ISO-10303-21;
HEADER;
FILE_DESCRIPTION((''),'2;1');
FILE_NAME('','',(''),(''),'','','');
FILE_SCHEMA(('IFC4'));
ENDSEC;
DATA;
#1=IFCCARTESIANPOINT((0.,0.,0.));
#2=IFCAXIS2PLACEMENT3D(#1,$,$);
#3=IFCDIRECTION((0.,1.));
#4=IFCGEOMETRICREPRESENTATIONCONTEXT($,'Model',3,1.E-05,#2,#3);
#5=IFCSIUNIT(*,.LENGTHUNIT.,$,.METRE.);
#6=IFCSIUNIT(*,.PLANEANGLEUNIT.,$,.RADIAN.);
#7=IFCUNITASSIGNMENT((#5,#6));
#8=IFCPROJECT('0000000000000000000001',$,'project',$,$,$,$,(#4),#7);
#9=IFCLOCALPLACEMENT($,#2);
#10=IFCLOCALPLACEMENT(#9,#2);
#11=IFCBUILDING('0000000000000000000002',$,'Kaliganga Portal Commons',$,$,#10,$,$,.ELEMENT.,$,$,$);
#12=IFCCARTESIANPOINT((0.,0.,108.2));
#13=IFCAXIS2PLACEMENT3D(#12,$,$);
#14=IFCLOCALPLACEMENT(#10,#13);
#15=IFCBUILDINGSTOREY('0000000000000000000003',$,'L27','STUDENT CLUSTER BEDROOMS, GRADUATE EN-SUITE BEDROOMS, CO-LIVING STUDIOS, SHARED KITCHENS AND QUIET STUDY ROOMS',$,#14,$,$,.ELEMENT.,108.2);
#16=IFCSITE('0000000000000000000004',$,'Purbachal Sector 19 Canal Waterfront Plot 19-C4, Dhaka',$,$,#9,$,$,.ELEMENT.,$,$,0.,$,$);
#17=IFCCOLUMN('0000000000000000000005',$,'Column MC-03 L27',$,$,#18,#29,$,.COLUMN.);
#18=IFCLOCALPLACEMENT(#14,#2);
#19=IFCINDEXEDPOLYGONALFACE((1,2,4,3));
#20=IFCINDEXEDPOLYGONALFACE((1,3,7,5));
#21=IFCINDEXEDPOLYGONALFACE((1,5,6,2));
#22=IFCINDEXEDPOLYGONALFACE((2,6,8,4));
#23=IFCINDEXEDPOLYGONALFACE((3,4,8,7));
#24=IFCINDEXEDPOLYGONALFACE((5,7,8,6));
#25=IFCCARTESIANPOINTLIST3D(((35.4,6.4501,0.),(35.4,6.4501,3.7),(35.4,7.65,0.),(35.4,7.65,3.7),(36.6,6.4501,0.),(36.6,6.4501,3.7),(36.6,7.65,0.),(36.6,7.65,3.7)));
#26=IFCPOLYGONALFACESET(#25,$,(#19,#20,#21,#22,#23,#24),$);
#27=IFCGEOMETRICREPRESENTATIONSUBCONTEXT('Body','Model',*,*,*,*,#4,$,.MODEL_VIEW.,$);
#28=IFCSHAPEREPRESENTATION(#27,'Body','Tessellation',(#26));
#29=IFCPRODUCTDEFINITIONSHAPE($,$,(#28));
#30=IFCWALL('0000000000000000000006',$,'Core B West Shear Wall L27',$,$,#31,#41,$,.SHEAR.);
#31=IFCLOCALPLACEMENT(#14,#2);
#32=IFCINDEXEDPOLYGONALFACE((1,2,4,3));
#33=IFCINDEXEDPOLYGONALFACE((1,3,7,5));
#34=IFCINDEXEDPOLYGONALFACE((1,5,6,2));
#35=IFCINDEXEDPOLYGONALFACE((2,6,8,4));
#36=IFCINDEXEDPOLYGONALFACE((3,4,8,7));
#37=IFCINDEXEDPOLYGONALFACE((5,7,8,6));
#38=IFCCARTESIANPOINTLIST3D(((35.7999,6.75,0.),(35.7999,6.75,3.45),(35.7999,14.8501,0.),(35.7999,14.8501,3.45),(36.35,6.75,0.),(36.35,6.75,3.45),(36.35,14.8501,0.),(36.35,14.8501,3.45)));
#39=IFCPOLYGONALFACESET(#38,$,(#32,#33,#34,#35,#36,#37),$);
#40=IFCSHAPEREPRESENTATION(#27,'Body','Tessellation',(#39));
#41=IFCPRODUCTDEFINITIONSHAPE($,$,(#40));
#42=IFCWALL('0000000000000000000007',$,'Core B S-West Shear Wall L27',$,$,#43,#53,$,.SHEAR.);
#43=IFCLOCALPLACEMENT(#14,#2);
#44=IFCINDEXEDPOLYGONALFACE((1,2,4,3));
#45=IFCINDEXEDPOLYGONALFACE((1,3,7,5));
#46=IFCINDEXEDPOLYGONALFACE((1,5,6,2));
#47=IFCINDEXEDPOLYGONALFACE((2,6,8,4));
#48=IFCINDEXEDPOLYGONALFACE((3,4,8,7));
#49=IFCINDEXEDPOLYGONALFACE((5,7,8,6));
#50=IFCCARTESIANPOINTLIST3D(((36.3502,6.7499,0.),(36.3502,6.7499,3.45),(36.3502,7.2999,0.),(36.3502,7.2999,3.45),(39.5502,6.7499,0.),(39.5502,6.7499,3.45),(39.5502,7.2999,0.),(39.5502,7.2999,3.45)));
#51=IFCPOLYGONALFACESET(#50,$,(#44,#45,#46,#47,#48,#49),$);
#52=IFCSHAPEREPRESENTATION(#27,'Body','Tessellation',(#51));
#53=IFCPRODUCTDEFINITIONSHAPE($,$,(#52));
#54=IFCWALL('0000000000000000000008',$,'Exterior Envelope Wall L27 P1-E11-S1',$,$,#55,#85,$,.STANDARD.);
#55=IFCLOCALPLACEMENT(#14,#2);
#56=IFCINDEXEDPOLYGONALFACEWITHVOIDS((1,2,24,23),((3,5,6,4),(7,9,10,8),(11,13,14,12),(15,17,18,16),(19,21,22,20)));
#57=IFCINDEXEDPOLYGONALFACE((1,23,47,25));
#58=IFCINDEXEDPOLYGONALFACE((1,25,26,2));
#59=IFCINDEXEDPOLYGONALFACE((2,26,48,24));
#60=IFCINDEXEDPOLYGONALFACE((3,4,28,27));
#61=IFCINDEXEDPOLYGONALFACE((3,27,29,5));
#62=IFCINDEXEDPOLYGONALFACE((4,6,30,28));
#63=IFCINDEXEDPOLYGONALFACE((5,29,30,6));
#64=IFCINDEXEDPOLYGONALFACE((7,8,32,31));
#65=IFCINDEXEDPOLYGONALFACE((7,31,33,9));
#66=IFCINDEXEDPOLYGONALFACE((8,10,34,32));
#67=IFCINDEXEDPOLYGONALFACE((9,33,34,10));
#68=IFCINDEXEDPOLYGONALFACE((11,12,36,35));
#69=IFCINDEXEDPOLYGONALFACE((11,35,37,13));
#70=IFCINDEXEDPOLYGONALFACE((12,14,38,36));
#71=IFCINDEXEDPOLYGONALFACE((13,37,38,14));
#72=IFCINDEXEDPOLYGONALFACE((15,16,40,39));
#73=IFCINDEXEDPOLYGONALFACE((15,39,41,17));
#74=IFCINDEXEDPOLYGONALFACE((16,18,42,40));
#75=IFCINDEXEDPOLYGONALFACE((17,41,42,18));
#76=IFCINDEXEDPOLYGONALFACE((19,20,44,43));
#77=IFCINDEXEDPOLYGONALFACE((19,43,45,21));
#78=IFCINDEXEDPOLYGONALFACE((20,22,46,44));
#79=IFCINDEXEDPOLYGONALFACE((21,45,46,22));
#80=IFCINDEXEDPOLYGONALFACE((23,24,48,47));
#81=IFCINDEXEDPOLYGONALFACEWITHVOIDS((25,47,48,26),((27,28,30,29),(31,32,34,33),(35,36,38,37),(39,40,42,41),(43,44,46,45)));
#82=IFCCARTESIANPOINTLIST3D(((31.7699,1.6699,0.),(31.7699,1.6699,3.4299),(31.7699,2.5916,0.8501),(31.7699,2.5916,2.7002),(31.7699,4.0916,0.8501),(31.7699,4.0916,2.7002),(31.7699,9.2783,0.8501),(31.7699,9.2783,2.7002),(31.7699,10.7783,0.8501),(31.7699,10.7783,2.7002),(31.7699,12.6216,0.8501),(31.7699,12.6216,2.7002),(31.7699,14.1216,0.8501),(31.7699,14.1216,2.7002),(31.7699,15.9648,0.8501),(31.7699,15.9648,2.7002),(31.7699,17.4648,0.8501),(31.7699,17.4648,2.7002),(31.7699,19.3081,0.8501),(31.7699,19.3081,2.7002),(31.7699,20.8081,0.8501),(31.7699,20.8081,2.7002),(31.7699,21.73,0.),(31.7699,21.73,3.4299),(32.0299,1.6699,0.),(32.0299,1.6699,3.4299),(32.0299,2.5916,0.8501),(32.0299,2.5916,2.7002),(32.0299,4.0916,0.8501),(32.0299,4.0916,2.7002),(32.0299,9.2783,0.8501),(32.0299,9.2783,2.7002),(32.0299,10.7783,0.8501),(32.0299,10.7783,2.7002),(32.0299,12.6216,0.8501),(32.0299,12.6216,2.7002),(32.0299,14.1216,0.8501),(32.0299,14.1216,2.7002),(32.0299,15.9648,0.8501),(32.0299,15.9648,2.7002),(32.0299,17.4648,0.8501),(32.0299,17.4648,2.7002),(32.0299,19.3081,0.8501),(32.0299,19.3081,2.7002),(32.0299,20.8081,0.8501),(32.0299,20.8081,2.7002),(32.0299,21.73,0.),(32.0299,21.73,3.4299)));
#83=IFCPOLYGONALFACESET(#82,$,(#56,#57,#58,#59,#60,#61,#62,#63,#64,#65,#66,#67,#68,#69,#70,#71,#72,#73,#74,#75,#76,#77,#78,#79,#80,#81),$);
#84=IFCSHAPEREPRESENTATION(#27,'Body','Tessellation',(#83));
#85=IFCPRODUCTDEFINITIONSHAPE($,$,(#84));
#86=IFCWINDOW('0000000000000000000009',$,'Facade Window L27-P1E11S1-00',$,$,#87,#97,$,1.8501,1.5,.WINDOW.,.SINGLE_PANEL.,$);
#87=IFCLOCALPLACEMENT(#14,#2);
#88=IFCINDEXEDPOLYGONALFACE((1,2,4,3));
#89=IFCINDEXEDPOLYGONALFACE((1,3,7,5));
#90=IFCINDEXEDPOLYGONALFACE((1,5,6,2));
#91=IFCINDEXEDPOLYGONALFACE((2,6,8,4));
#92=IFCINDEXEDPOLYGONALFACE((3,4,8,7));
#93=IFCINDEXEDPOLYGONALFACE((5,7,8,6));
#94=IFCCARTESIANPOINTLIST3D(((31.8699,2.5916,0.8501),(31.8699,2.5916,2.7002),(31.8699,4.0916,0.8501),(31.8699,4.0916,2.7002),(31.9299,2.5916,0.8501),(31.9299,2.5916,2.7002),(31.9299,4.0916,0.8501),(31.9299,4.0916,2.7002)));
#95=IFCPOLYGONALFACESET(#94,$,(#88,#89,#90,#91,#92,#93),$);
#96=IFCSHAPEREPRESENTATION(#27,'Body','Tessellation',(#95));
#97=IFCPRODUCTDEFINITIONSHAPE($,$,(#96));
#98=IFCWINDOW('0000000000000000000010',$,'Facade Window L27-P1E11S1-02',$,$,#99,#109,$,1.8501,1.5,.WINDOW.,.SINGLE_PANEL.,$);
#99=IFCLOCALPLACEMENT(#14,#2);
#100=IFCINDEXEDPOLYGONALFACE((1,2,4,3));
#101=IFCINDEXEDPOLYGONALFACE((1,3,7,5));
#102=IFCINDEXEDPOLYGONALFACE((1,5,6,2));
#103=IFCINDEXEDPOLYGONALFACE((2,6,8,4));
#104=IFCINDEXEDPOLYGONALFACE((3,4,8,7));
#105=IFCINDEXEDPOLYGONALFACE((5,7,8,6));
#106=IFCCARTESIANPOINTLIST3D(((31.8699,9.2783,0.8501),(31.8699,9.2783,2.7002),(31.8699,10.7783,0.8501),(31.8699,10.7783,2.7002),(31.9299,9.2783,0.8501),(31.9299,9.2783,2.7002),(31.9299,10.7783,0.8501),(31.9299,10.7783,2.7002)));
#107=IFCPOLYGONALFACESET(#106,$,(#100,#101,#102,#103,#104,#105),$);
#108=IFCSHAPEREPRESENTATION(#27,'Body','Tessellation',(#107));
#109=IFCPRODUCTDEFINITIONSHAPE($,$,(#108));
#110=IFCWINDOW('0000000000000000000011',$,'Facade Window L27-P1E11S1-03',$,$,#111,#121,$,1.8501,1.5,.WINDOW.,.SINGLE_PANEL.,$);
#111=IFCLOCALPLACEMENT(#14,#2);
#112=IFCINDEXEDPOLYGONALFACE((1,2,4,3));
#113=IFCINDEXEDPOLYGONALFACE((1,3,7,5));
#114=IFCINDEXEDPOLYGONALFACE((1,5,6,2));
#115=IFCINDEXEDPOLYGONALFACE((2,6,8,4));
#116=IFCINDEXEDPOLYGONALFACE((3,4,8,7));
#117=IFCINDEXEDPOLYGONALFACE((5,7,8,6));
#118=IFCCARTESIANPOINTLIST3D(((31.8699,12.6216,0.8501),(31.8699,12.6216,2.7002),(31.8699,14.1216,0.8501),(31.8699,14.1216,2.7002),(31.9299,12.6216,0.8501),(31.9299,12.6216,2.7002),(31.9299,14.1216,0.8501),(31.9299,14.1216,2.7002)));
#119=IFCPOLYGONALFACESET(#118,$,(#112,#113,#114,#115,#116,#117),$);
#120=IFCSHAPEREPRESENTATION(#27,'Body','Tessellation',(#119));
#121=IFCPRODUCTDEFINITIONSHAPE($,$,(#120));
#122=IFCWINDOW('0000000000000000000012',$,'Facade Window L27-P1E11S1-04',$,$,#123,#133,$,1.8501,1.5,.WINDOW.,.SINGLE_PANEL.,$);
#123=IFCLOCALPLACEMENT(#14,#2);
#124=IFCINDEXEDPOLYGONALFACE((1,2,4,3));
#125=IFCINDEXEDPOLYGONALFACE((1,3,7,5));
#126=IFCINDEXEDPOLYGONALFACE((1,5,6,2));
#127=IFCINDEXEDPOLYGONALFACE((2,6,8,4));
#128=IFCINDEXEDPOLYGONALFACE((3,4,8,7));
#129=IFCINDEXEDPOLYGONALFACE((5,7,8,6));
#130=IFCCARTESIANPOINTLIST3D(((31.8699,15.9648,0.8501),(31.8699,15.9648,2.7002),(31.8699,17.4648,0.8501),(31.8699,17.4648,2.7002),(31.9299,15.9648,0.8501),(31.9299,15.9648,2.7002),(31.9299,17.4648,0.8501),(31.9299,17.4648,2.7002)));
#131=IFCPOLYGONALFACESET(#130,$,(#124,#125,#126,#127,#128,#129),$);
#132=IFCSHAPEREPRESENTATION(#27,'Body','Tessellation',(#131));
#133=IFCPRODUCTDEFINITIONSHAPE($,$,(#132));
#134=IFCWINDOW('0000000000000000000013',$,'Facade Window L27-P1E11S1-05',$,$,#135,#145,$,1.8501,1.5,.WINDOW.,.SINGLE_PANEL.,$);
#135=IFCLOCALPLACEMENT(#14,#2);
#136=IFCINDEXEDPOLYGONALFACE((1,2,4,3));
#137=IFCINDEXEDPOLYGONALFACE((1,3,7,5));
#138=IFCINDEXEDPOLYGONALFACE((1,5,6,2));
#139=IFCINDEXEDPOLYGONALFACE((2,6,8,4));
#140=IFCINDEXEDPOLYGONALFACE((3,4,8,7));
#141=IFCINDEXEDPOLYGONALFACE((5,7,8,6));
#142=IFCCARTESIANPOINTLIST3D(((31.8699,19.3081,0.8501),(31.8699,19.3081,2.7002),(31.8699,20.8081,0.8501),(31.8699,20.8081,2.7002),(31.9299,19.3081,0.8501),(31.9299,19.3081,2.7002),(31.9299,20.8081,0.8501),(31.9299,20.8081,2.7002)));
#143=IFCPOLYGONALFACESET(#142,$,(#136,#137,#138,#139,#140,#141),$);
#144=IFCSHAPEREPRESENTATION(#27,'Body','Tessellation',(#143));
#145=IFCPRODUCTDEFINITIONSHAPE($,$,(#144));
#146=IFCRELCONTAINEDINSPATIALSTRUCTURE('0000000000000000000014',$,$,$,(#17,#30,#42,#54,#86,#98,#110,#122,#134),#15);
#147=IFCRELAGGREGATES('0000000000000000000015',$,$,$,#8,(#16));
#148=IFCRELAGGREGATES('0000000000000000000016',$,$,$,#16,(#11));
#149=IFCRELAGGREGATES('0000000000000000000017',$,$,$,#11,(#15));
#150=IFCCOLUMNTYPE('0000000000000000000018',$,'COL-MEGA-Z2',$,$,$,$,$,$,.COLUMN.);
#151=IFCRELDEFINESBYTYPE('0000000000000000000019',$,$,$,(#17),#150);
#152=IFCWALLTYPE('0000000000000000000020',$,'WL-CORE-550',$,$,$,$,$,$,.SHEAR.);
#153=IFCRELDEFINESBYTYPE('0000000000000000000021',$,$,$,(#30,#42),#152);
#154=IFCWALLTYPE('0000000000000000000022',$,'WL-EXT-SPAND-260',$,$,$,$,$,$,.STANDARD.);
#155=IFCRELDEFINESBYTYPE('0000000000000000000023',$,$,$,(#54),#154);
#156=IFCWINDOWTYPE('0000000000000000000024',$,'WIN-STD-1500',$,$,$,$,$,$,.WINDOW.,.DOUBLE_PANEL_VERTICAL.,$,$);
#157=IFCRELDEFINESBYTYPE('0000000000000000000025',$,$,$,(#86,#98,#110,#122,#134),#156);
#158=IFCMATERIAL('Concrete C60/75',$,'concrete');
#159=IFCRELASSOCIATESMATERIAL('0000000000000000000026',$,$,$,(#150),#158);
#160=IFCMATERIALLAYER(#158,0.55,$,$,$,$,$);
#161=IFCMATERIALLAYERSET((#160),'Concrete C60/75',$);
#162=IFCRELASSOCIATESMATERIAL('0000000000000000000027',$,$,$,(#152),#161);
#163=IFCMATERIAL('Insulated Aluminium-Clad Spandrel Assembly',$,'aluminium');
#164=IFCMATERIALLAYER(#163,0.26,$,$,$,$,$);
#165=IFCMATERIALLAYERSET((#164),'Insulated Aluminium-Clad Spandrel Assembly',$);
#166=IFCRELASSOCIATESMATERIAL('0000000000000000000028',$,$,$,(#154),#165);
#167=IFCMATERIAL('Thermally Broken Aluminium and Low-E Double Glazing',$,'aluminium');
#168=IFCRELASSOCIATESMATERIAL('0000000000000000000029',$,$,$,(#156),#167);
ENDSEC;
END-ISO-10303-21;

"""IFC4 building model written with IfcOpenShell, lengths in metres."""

from ifc_helpers import new_model, si_unit, direction, frame, frame_2d, origin, origin_2d, place, context, subcontext, project, spatial, rectangle, extrude, source, transform, mapped, material, layer, layer_set, material_profile, profile_set, type_object, element, fill, save


model = new_model("IFC4")

# Units and contexts
model_context = context("Model", 3, precision=1e-05, world=origin(), true_north=direction((0.0, 1.0)))
body_context = subcontext(model_context, "Body", "Model", "MODEL_VIEW")
ifc_project = project(units=[si_unit("LENGTHUNIT", "METRE"), si_unit("PLANEANGLEUNIT", "RADIAN")], contexts=[model_context])

# Site, building, storey
site_placement = place(None, origin())
site = spatial("IfcSite", under=ifc_project, at=site_placement, Name="Purbachal Sector 19 Canal Waterfront Plot 19-C4, Dhaka", CompositionType="ELEMENT", RefElevation=0.0)
building_placement = place(site_placement, origin())
building = spatial("IfcBuilding", under=site, at=building_placement, Name="Kaliganga Portal Commons", CompositionType="ELEMENT")
storey_placement = place(building_placement, frame((0.0, 0.0, 108.2)))
storey = spatial("IfcBuildingStorey", under=building, at=storey_placement, Name="L27", Description="STUDENT CLUSTER BEDROOMS, GRADUATE EN-SUITE BEDROOMS, CO-LIVING STUDIOS, SHARED KITCHENS AND QUIET STUDY ROOMS", CompositionType="ELEMENT", Elevation=108.2)

# Column
ifc_material_1 = material(Name="Concrete C60/75", Category="concrete")
ifc_material_profile = material_profile(ifc_material_1, rectangle(XDim=1.2, YDim=1.2, at=origin_2d()), Name="RC 1200x1200")
ifc_profile_set = profile_set([ifc_material_profile], Name="Concrete C60/75")
column_type = type_object("IfcColumnType", Name="COL-MEGA-Z2", PredefinedType="COLUMN", material=ifc_profile_set)
shared_shape = source(origin(), body_context, "Body", "SweptSolid", [
    extrude(rectangle(XDim=1.2, YDim=1.2, at=origin_2d()), origin(), (0.0, 0.0, 1.0), 3.7),
])
column_placement = place(storey_placement, frame((36.0, 7.05, 0.0), z_axis=(0.0, 0.0, 1.0), x_axis=(1.0, 0.0, 0.0)))
element("IfcColumn", 1, at=column_placement, inside=storey, type_object=column_type, Name="Column MC-03 L27", PredefinedType="COLUMN", context=body_context, shape_type="MappedRepresentation", body=[
    mapped(shared_shape, transform((0.0, 0.0, 0.0), x_axis=(1.0, 0.0, 0.0), y_axis=(0.0, 1.0, 0.0), z_axis=(0.0, 0.0, 1.0), scale=1.0)),
])

# Walls
ifc_layer_1 = layer(ifc_material_1, 0.55)
ifc_layer_set_1 = layer_set([ifc_layer_1], Name="Concrete C60/75")
wall_type_1 = type_object("IfcWallType", Name="WL-CORE-550", PredefinedType="SHEAR", material=ifc_layer_set_1)
wall_1_placement = place(storey_placement, frame((36.075, 6.75, 0.0), z_axis=(0.0, 0.0, 1.0), x_axis=(0.0, 1.0, 0.0)))
element("IfcWall", 2, at=wall_1_placement, inside=storey, type_object=wall_type_1, Name="Core B West Shear Wall L27", PredefinedType="SHEAR", context=body_context, shape_type="SweptSolid", body=[
    extrude(rectangle(XDim=8.1001, YDim=0.55, at=frame_2d((4.05, 0.0))), origin(), (0.0, 0.0, 1.0), 3.45),
])
wall_2_placement = place(storey_placement, frame((36.3501, 7.0249, 0.0), z_axis=(0.0, 0.0, 1.0), x_axis=(1.0, 0.0, 0.0)))
element("IfcWall", 3, at=wall_2_placement, inside=storey, type_object=wall_type_1, Name="Core B S-West Shear Wall L27", PredefinedType="SHEAR", context=body_context, shape_type="SweptSolid", body=[
    extrude(rectangle(XDim=3.2, YDim=0.55, at=frame_2d((1.6001, 0.0))), origin(), (0.0, 0.0, 1.0), 3.45),
])

# Wall, openings, windows
ifc_material_2 = material(Name="Insulated Aluminium-Clad Spandrel Assembly", Category="aluminium")
ifc_layer_2 = layer(ifc_material_2, 0.26)
ifc_layer_set_2 = layer_set([ifc_layer_2], Name="Insulated Aluminium-Clad Spandrel Assembly")
wall_type_2 = type_object("IfcWallType", Name="WL-EXT-SPAND-260", PredefinedType="STANDARD", material=ifc_layer_set_2)
wall_3_placement = place(storey_placement, frame((31.8999, 1.6699, 0.0), z_axis=(0.0, 0.0, 1.0), x_axis=(0.0, 1.0, 0.0)))
wall_3 = element("IfcWall", 4, at=wall_3_placement, inside=storey, type_object=wall_type_2, Name="Exterior Envelope Wall L27 P1-E11-S1", PredefinedType="STANDARD", context=body_context, shape_type="SweptSolid", body=[
    extrude(rectangle(XDim=20.0601, YDim=0.26, at=frame_2d((10.03, 0.0))), origin(), (0.0, 0.0, 1.0), 3.4299),
])
opening_1_placement = place(wall_3_placement, frame((0.9216, 0.0, 0.8501)))
opening_1 = element("IfcOpeningElement", 5, at=opening_1_placement, cuts=wall_3, PredefinedType="OPENING", context=body_context, shape_type="SweptSolid", body=[
    extrude(rectangle(XDim=1.5, YDim=1.8501, at=frame_2d((0.75, 0.925))), frame((0.0, 0.1401, 0.0), z_axis=(0.0, -1.0, 0.0), x_axis=(1.0, 0.0, 0.0)), (0.0, 0.0, 1.0), 0.28),
])
opening_2_placement = place(wall_3_placement, frame((7.6084, 0.0, 0.8501)))
opening_2 = element("IfcOpeningElement", 6, at=opening_2_placement, cuts=wall_3, PredefinedType="OPENING", context=body_context, shape_type="SweptSolid", body=[
    extrude(rectangle(XDim=1.5, YDim=1.8501, at=frame_2d((0.75, 0.925))), frame((0.0, 0.1401, 0.0), z_axis=(0.0, -1.0, 0.0), x_axis=(1.0, 0.0, 0.0)), (0.0, 0.0, 1.0), 0.28),
])
opening_3_placement = place(wall_3_placement, frame((10.9517, 0.0, 0.8501)))
opening_3 = element("IfcOpeningElement", 7, at=opening_3_placement, cuts=wall_3, PredefinedType="OPENING", context=body_context, shape_type="SweptSolid", body=[
    extrude(rectangle(XDim=1.5, YDim=1.8501, at=frame_2d((0.75, 0.925))), frame((0.0, 0.1401, 0.0), z_axis=(0.0, -1.0, 0.0), x_axis=(1.0, 0.0, 0.0)), (0.0, 0.0, 1.0), 0.28),
])
opening_4_placement = place(wall_3_placement, frame((14.2949, 0.0, 0.8501)))
opening_4 = element("IfcOpeningElement", 8, at=opening_4_placement, cuts=wall_3, PredefinedType="OPENING", context=body_context, shape_type="SweptSolid", body=[
    extrude(rectangle(XDim=1.5, YDim=1.8501, at=frame_2d((0.75, 0.925))), frame((0.0, 0.1401, 0.0), z_axis=(0.0, -1.0, 0.0), x_axis=(1.0, 0.0, 0.0)), (0.0, 0.0, 1.0), 0.28),
])
opening_5_placement = place(wall_3_placement, frame((17.6382, 0.0, 0.8501)))
opening_5 = element("IfcOpeningElement", 9, at=opening_5_placement, cuts=wall_3, PredefinedType="OPENING", context=body_context, shape_type="SweptSolid", body=[
    extrude(rectangle(XDim=1.5, YDim=1.8501, at=frame_2d((0.75, 0.925))), frame((0.0, 0.1401, 0.0), z_axis=(0.0, -1.0, 0.0), x_axis=(1.0, 0.0, 0.0)), (0.0, 0.0, 1.0), 0.28),
])
ifc_material_3 = material(Name="Thermally Broken Aluminium and Low-E Double Glazing", Category="aluminium")
window_type = type_object("IfcWindowType", Name="WIN-STD-1500", PartitioningType="DOUBLE_PANEL_VERTICAL", PredefinedType="WINDOW", material=ifc_material_3)
window_1_placement = place(opening_1_placement, origin())
window_1 = element("IfcWindow", 10, at=window_1_placement, inside=storey, type_object=window_type, Name="Facade Window L27-P1E11S1-00", OverallHeight=1.8501, OverallWidth=1.5, PartitioningType="SINGLE_PANEL", PredefinedType="WINDOW", context=body_context, shape_type="SweptSolid", body=[
    extrude(rectangle(XDim=1.5, YDim=1.8501, at=frame_2d((0.75, 0.925))), frame((0.0, 0.03, 0.0), z_axis=(0.0, -1.0, 0.0), x_axis=(1.0, 0.0, 0.0)), (0.0, 0.0, 1.0), 0.0601),
])
fill(opening_1, window_1)
window_2_placement = place(opening_2_placement, origin())
window_2 = element("IfcWindow", 11, at=window_2_placement, inside=storey, type_object=window_type, Name="Facade Window L27-P1E11S1-02", OverallHeight=1.8501, OverallWidth=1.5, PartitioningType="SINGLE_PANEL", PredefinedType="WINDOW", context=body_context, shape_type="SweptSolid", body=[
    extrude(rectangle(XDim=1.5, YDim=1.8501, at=frame_2d((0.75, 0.925))), frame((0.0, 0.03, 0.0), z_axis=(0.0, -1.0, 0.0), x_axis=(1.0, 0.0, 0.0)), (0.0, 0.0, 1.0), 0.0601),
])
fill(opening_2, window_2)
window_3_placement = place(opening_3_placement, origin())
window_3 = element("IfcWindow", 12, at=window_3_placement, inside=storey, type_object=window_type, Name="Facade Window L27-P1E11S1-03", OverallHeight=1.8501, OverallWidth=1.5, PartitioningType="SINGLE_PANEL", PredefinedType="WINDOW", context=body_context, shape_type="SweptSolid", body=[
    extrude(rectangle(XDim=1.5, YDim=1.8501, at=frame_2d((0.75, 0.925))), frame((0.0, 0.03, 0.0), z_axis=(0.0, -1.0, 0.0), x_axis=(1.0, 0.0, 0.0)), (0.0, 0.0, 1.0), 0.0601),
])
fill(opening_3, window_3)
window_4_placement = place(opening_4_placement, origin())
window_4 = element("IfcWindow", 13, at=window_4_placement, inside=storey, type_object=window_type, Name="Facade Window L27-P1E11S1-04", OverallHeight=1.8501, OverallWidth=1.5, PartitioningType="SINGLE_PANEL", PredefinedType="WINDOW", context=body_context, shape_type="SweptSolid", body=[
    extrude(rectangle(XDim=1.5, YDim=1.8501, at=frame_2d((0.75, 0.925))), frame((0.0, 0.03, 0.0), z_axis=(0.0, -1.0, 0.0), x_axis=(1.0, 0.0, 0.0)), (0.0, 0.0, 1.0), 0.0601),
])
fill(opening_4, window_4)
window_5_placement = place(opening_5_placement, origin())
window_5 = element("IfcWindow", 14, at=window_5_placement, inside=storey, type_object=window_type, Name="Facade Window L27-P1E11S1-05", OverallHeight=1.8501, OverallWidth=1.5, PartitioningType="SINGLE_PANEL", PredefinedType="WINDOW", context=body_context, shape_type="SweptSolid", body=[
    extrude(rectangle(XDim=1.5, YDim=1.8501, at=frame_2d((0.75, 0.925))), frame((0.0, 0.03, 0.0), z_axis=(0.0, -1.0, 0.0), x_axis=(1.0, 0.0, 0.0)), (0.0, 0.0, 1.0), 0.0601),
])
fill(opening_5, window_5)

save(model, "model.ifc")
